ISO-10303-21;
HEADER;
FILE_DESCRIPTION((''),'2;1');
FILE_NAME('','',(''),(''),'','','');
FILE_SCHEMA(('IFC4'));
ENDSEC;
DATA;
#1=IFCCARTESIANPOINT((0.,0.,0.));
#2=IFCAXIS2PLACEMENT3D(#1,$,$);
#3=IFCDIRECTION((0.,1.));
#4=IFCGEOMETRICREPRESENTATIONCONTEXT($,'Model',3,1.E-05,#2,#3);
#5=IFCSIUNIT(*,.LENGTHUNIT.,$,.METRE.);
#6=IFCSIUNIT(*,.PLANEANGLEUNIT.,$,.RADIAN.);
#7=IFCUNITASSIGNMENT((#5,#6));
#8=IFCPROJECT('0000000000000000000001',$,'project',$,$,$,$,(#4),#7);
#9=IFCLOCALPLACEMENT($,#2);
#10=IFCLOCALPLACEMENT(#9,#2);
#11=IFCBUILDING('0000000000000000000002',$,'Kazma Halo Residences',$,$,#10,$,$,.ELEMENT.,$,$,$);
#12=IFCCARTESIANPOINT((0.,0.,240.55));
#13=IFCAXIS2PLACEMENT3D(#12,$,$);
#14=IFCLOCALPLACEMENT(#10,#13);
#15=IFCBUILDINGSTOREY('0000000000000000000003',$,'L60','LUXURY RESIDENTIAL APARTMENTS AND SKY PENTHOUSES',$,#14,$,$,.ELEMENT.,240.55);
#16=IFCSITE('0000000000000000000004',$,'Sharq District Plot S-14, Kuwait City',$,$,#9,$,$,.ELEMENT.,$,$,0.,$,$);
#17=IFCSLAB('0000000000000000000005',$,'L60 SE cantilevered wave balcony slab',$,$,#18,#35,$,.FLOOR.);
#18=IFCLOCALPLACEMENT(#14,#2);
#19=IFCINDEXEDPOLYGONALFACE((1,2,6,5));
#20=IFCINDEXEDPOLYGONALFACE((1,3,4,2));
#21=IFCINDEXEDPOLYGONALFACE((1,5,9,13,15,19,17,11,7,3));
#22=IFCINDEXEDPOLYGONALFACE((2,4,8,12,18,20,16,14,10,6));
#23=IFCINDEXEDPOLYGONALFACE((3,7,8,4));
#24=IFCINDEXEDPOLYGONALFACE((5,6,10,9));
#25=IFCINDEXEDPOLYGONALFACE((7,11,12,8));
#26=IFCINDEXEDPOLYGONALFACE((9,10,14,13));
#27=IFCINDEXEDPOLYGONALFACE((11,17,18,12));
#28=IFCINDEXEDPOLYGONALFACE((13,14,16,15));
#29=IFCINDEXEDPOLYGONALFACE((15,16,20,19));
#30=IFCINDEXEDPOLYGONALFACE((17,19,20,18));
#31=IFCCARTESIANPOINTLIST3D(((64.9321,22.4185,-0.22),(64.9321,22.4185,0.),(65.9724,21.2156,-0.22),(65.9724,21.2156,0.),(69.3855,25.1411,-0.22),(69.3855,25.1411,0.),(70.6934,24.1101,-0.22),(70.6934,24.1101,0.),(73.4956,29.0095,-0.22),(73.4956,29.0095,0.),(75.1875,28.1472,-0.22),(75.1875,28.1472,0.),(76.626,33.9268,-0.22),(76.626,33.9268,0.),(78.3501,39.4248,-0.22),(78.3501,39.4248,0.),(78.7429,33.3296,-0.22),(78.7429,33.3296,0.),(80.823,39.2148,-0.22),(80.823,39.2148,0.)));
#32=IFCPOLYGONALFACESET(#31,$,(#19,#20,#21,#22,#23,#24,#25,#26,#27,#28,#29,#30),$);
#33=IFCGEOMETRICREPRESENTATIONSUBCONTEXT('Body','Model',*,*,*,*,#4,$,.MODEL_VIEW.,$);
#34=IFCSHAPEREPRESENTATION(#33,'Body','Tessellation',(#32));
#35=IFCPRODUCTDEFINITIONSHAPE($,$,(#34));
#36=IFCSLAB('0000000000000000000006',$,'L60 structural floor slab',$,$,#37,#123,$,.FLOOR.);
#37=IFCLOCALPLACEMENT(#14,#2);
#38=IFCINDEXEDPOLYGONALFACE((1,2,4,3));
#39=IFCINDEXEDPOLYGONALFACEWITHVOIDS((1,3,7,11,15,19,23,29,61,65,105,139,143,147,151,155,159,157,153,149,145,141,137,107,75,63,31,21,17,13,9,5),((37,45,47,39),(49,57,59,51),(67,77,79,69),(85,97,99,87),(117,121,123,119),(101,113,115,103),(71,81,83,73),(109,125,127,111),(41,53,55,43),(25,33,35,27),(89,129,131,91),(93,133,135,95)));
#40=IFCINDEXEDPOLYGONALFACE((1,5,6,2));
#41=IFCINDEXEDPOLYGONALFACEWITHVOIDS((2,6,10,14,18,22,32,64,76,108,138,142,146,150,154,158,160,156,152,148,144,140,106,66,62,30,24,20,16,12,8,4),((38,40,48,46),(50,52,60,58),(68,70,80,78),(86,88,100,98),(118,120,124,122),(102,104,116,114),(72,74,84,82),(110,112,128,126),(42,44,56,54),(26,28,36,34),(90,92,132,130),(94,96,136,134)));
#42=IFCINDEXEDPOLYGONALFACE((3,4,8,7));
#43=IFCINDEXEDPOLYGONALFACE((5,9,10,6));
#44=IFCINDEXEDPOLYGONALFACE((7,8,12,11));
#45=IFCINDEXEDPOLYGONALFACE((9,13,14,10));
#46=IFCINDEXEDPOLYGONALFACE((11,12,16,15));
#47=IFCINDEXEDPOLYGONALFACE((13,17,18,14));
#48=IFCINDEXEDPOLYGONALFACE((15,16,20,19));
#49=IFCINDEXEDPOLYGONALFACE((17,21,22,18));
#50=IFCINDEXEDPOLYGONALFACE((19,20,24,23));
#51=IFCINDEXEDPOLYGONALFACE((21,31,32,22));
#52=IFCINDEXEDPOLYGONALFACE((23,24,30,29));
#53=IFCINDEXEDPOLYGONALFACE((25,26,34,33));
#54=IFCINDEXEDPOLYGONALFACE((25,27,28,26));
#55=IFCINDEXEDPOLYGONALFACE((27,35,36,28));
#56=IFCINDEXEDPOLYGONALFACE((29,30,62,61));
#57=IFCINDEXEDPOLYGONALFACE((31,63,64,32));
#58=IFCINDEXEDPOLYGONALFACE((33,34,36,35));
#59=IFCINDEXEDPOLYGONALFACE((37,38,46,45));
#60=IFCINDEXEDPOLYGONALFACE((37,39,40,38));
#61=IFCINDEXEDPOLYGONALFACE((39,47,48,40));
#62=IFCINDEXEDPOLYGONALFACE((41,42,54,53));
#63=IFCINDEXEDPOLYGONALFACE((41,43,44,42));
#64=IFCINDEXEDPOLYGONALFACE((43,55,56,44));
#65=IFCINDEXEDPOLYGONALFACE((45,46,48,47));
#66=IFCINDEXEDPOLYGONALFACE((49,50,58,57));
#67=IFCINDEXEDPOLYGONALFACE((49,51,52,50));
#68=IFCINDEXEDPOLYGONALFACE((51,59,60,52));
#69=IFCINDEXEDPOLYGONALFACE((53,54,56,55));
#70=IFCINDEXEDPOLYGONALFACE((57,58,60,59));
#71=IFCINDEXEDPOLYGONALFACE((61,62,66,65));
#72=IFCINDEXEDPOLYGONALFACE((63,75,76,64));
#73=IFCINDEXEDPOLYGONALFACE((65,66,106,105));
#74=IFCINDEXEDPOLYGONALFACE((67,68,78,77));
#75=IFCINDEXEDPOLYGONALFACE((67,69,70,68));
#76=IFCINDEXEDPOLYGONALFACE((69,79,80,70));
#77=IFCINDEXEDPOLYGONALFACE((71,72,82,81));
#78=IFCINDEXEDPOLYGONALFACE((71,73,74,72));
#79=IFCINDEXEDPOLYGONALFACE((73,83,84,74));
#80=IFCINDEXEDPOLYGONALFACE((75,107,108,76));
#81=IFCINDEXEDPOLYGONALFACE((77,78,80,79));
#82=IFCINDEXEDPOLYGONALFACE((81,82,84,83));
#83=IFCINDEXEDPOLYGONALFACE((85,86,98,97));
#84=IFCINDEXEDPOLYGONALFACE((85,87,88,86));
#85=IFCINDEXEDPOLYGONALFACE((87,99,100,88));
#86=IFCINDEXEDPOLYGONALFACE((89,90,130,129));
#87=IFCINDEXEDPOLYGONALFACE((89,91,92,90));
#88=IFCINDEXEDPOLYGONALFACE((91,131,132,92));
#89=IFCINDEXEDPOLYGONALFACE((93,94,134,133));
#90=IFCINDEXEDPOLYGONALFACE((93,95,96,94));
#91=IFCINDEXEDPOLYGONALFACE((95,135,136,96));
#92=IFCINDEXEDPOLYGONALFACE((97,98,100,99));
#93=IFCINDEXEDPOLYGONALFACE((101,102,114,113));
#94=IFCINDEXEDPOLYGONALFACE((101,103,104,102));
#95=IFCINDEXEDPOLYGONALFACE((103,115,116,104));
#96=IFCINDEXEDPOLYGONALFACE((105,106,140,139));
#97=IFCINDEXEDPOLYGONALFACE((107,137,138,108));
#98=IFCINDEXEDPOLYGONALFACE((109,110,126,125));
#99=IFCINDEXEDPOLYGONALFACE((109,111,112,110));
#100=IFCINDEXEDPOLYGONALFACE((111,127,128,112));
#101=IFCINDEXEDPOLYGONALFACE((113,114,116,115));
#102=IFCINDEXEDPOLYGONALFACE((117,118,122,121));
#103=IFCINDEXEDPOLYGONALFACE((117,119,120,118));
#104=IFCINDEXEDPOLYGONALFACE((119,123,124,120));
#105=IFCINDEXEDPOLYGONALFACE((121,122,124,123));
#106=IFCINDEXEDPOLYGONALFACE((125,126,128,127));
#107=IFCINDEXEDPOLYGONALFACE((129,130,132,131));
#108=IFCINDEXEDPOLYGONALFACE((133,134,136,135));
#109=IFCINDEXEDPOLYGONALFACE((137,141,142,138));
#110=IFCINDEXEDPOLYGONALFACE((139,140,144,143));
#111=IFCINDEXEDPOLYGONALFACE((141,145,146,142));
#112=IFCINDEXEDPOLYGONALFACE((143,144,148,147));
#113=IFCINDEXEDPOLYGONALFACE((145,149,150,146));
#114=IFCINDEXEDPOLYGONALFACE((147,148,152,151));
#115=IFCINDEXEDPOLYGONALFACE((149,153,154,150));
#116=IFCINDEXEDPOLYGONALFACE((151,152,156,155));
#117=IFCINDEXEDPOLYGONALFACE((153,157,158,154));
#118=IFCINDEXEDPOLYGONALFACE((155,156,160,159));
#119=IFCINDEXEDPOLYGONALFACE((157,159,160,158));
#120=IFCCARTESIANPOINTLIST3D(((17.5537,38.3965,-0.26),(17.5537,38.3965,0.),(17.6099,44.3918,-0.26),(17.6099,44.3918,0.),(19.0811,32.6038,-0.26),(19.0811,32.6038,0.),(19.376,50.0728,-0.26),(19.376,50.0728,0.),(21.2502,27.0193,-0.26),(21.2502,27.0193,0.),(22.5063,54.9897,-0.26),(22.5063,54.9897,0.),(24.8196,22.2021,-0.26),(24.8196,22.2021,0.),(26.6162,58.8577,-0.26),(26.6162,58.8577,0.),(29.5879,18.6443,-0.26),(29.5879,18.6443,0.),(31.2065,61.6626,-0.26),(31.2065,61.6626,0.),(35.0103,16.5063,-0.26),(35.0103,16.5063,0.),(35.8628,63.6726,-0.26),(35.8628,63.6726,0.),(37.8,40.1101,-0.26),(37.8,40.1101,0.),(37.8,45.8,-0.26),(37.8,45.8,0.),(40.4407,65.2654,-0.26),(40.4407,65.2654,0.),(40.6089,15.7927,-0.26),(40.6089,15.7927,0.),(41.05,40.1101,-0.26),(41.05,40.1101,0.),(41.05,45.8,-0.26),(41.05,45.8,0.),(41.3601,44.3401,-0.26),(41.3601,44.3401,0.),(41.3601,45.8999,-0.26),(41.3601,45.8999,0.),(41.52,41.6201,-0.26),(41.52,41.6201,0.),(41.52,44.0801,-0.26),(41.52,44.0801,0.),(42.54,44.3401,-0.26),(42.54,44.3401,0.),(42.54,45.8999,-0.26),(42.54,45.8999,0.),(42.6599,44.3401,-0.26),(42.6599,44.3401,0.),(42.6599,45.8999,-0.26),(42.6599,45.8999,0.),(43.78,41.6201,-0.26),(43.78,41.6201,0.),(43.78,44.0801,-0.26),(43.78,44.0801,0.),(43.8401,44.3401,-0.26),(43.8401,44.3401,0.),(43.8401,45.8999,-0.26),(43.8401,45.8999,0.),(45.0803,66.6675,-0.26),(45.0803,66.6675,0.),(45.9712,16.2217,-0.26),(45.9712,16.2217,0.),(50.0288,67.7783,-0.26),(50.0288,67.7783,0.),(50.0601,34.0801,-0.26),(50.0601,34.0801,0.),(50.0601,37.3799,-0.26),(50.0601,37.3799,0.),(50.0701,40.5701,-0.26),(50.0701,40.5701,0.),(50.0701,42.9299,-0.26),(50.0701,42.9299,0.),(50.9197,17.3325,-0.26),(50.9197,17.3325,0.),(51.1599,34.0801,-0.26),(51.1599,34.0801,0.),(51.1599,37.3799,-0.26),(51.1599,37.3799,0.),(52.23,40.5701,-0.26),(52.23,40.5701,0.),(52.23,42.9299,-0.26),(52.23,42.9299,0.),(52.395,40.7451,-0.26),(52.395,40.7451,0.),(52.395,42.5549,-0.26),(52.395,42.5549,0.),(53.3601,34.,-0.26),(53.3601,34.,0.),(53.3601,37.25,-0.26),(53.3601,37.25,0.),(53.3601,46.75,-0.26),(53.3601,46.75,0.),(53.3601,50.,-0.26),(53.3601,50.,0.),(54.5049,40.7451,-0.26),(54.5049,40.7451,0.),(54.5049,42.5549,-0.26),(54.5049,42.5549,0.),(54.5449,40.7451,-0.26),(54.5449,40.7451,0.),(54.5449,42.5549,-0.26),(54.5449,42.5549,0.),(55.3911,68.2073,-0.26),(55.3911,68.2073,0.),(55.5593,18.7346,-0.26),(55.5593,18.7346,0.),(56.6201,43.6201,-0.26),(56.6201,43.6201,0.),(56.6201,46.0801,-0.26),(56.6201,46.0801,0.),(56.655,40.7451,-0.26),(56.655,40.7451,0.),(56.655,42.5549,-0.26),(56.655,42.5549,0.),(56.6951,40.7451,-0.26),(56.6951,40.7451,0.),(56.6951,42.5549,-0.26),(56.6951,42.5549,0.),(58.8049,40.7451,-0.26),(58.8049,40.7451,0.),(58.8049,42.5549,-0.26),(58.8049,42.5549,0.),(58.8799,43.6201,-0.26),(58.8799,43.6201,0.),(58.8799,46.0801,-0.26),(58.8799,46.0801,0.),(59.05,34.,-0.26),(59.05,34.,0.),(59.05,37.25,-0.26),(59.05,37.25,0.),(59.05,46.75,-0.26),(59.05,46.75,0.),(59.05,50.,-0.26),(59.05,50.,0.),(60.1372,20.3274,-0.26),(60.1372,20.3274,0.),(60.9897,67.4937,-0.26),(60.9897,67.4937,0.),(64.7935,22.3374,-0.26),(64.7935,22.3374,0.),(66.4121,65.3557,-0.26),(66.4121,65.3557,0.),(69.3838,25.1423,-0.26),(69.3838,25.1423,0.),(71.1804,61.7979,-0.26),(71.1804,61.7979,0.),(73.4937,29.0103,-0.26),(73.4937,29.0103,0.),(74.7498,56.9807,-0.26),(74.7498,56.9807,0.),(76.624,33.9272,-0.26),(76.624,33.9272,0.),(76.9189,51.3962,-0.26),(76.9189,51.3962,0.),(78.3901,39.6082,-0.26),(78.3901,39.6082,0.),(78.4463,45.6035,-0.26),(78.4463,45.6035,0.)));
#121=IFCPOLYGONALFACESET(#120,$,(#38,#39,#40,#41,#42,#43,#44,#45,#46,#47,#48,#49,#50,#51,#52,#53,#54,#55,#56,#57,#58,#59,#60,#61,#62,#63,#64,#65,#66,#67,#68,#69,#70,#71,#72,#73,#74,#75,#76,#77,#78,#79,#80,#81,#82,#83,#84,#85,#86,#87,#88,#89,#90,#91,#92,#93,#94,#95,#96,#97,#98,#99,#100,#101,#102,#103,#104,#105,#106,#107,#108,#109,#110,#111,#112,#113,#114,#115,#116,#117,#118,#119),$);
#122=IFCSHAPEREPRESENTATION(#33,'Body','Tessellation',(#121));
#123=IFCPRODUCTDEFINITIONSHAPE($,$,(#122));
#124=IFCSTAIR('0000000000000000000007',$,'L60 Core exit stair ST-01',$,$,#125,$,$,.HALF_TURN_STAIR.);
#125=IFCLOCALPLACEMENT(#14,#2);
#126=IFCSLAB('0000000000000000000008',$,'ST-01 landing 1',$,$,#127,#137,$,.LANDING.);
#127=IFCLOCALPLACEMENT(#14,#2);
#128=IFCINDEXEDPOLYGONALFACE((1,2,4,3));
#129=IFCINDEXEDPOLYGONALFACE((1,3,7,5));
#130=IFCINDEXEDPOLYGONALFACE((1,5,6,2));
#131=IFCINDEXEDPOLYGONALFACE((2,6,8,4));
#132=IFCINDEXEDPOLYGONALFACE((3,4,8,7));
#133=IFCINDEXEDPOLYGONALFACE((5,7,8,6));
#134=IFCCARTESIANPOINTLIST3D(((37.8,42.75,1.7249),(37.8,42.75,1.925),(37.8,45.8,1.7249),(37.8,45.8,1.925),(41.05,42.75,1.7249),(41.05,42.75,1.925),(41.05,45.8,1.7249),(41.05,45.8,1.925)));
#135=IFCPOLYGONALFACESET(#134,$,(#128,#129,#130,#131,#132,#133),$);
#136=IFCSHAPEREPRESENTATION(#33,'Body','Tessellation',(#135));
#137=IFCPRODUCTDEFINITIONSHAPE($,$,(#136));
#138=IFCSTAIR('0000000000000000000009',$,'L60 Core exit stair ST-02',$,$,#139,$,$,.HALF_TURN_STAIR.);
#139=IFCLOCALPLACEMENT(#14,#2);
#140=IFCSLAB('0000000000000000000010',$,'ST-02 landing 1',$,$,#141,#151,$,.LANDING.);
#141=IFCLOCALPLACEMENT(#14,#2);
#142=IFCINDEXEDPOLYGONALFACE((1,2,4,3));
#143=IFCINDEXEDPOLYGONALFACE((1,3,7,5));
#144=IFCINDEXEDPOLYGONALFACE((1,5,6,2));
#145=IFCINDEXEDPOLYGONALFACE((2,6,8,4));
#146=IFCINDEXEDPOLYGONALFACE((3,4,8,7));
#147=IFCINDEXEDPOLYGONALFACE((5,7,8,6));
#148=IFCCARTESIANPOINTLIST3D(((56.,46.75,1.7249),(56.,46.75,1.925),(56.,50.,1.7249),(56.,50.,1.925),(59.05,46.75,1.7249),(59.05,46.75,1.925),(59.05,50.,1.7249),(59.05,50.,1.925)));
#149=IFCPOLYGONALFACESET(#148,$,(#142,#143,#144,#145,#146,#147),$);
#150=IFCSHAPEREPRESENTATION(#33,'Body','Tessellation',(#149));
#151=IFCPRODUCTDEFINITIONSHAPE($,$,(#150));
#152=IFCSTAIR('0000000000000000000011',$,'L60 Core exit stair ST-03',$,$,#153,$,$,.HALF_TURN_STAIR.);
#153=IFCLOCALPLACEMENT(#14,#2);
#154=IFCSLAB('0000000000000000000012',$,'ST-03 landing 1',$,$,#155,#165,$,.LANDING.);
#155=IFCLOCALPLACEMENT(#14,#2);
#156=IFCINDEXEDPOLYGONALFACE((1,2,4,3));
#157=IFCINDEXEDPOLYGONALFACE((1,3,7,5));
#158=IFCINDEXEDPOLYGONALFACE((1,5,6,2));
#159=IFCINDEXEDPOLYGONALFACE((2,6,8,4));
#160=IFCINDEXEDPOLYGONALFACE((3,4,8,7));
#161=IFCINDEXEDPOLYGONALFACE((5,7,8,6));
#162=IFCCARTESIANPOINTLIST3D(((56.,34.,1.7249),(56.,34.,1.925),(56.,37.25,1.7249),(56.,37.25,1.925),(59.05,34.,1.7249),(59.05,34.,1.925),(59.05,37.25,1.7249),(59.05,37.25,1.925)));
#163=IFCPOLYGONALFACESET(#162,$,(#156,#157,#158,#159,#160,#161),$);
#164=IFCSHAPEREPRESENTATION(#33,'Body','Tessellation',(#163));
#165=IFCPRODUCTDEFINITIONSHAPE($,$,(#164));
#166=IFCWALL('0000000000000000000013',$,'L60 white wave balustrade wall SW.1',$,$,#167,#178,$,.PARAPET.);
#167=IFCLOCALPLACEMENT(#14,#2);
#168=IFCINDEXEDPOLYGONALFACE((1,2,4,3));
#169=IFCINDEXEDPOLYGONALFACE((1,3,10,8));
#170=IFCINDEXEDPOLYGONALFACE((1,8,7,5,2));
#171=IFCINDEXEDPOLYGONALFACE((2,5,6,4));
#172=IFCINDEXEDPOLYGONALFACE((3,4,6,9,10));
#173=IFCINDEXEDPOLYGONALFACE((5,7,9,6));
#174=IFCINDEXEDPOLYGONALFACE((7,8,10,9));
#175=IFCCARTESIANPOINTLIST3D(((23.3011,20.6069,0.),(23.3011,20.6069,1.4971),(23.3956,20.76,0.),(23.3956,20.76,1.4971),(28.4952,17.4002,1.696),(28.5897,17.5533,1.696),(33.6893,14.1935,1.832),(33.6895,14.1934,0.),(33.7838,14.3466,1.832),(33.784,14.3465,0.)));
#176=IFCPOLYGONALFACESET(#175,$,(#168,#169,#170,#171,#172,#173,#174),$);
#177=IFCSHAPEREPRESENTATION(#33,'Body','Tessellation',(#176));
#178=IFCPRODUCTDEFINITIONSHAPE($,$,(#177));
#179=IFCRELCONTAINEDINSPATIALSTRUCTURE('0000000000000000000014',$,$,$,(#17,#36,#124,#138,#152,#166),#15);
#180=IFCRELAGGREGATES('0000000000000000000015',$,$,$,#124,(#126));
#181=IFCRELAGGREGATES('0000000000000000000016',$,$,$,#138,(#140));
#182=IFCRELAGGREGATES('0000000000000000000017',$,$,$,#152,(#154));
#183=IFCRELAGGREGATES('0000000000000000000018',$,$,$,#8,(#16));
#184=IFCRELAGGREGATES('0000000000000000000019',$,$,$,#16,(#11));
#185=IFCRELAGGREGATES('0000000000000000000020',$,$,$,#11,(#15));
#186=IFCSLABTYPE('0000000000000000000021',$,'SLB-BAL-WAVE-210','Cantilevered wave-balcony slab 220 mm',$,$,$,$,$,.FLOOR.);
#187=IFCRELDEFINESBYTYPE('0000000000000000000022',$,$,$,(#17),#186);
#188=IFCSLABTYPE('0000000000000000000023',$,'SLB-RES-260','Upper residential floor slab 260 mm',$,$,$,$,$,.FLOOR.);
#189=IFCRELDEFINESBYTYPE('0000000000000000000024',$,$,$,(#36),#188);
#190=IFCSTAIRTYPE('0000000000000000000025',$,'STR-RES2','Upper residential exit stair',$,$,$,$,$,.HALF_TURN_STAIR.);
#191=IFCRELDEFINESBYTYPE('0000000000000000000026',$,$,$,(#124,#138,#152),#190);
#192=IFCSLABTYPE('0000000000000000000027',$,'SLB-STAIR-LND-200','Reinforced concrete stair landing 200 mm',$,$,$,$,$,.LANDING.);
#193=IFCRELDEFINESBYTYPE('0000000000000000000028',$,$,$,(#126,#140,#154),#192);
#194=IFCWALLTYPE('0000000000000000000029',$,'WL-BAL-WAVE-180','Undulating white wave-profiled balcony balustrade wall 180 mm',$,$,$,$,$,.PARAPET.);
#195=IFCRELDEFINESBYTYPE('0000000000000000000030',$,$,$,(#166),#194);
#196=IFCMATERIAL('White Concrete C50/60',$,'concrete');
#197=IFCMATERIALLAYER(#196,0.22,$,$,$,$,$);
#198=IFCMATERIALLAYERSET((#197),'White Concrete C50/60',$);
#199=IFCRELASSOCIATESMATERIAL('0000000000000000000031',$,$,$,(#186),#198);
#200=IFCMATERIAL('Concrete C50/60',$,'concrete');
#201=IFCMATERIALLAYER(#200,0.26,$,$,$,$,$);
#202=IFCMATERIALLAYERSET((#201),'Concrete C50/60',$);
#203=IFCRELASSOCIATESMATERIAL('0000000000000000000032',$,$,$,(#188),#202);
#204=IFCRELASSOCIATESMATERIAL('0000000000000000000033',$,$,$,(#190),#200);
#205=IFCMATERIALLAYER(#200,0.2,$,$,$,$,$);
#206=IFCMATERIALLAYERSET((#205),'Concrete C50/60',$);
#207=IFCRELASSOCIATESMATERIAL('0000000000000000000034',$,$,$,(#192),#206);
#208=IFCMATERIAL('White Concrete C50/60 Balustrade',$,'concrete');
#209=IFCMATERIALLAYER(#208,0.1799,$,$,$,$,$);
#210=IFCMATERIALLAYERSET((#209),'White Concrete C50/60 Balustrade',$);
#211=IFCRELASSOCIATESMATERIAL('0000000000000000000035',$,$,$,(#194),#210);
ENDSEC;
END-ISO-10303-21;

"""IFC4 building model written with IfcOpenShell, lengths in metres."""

from ifc_helpers import new_model, si_unit, direction, frame, origin, place, context, subcontext, project, spatial, polyline, outline, extrude, material, layer, layer_set, type_object, element, aggregate, save


model = new_model("IFC4")

# Units and contexts
model_context = context("Model", 3, precision=1e-05, world=origin(), true_north=direction((0.0, 1.0)))
body_context = subcontext(model_context, "Body", "Model", "MODEL_VIEW")
ifc_project = project(units=[si_unit("LENGTHUNIT", "METRE"), si_unit("PLANEANGLEUNIT", "RADIAN")], contexts=[model_context])

# Site, building, storey
site_placement = place(None, origin())
site = spatial("IfcSite", under=ifc_project, at=site_placement, Name="Sharq District Plot S-14, Kuwait City", CompositionType="ELEMENT", RefElevation=0.0)
building_placement = place(site_placement, origin())
building = spatial("IfcBuilding", under=site, at=building_placement, Name="Kazma Halo Residences", CompositionType="ELEMENT")
storey_placement = place(building_placement, frame((0.0, 0.0, 240.55)))
storey = spatial("IfcBuildingStorey", under=building, at=storey_placement, Name="L60", Description="LUXURY RESIDENTIAL APARTMENTS AND SKY PENTHOUSES", CompositionType="ELEMENT", Elevation=240.55)

# Slabs
ifc_material_1 = material(Name="White Concrete C50/60", Category="concrete")
ifc_layer_1 = layer(ifc_material_1, 0.22)
ifc_layer_set_1 = layer_set([ifc_layer_1], Name="White Concrete C50/60")
slab_type_1 = type_object("IfcSlabType", Name="SLB-BAL-WAVE-210", Description="Cantilevered wave-balcony slab 220 mm", PredefinedType="FLOOR", material=ifc_layer_set_1)
slab_1_placement = place(storey_placement, frame((0.0, 0.0, -0.22)))
element("IfcSlab", 1, at=slab_1_placement, inside=storey, type_object=slab_type_1, Name="L60 SE cantilevered wave balcony slab", PredefinedType="FLOOR", context=body_context, shape_type="SweptSolid", body=[
    extrude(outline(polyline([(64.9321, 22.4185), (69.3855, 25.1411), (73.4956, 29.0095), (76.626, 33.9268), (78.3501, 39.4248), (80.823, 39.2148), (78.7429, 33.3296), (75.1875, 28.1472), (70.6934, 24.1101), (65.9724, 21.2156), (64.9321, 22.4185)])), origin(), (0.0, 0.0, 1.0), 0.22),
])
ifc_material_2 = material(Name="Concrete C50/60", Category="concrete")
ifc_layer_2 = layer(ifc_material_2, 0.26)
ifc_layer_set_2 = layer_set([ifc_layer_2], Name="Concrete C50/60")
slab_type_2 = type_object("IfcSlabType", Name="SLB-RES-260", Description="Upper residential floor slab 260 mm", PredefinedType="FLOOR", material=ifc_layer_set_2)
slab_2_placement = place(storey_placement, frame((0.0, 0.0, -0.26)))
element("IfcSlab", 2, at=slab_2_placement, inside=storey, type_object=slab_type_2, Name="L60 structural floor slab", PredefinedType="FLOOR", context=body_context, shape_type="SweptSolid", body=[
    extrude(outline(polyline([(76.9189, 51.3962), (74.7498, 56.9807), (71.1804, 61.7979), (66.4121, 65.3557), (60.9897, 67.4937), (55.3911, 68.2073), (50.0288, 67.7783), (45.0803, 66.6675), (40.4407, 65.2654), (35.8628, 63.6726), (31.2065, 61.6626), (26.6162, 58.8577), (22.5063, 54.9897), (19.376, 50.0728), (17.6099, 44.3918), (17.5537, 38.3965), (19.0811, 32.6038), (21.2502, 27.0193), (24.8196, 22.2021), (29.5879, 18.6443), (35.0103, 16.5063), (40.6089, 15.7927), (45.9712, 16.2217), (50.9197, 17.3325), (55.5593, 18.7346), (60.1372, 20.3274), (64.7935, 22.3374), (69.3838, 25.1423), (73.4937, 29.0103), (76.624, 33.9272), (78.3901, 39.6082), (78.4463, 45.6035), (76.9189, 51.3962)]), holes=[polyline([(37.8, 40.1101), (41.05, 40.1101), (41.05, 45.8), (37.8, 45.8), (37.8, 40.1101)]), polyline([(53.3601, 46.75), (59.05, 46.75), (59.05, 50.0), (53.3601, 50.0), (53.3601, 46.75)]), polyline([(53.3601, 34.0), (59.05, 34.0), (59.05, 37.25), (53.3601, 37.25), (53.3601, 34.0)]), polyline([(41.52, 41.6201), (43.78, 41.6201), (43.78, 44.0801), (41.52, 44.0801), (41.52, 41.6201)]), polyline([(56.6201, 43.6201), (58.8799, 43.6201), (58.8799, 46.0801), (56.6201, 46.0801), (56.6201, 43.6201)]), polyline([(52.395, 40.7451), (54.5049, 40.7451), (54.5049, 42.5549), (52.395, 42.5549), (52.395, 40.7451)]), polyline([(54.5449, 40.7451), (56.655, 40.7451), (56.655, 42.5549), (54.5449, 42.5549), (54.5449, 40.7451)]), polyline([(56.6951, 40.7451), (58.8049, 40.7451), (58.8049, 42.5549), (56.6951, 42.5549), (56.6951, 40.7451)]), polyline([(50.0701, 40.5701), (52.23, 40.5701), (52.23, 42.9299), (50.0701, 42.9299), (50.0701, 40.5701)]), polyline([(41.3601, 44.3401), (42.54, 44.3401), (42.54, 45.8999), (41.3601, 45.8999), (41.3601, 44.3401)]), polyline([(42.6599, 44.3401), (43.8401, 44.3401), (43.8401, 45.8999), (42.6599, 45.8999), (42.6599, 44.3401)]), polyline([(50.0601, 34.0801), (51.1599, 34.0801), (51.1599, 37.3799), (50.0601, 37.3799), (50.0601, 34.0801)])]), origin(), (0.0, 0.0, 1.0), 0.26),
])

# Stairs, slabs
stair_type = type_object("IfcStairType", Name="STR-RES2", Description="Upper residential exit stair", PredefinedType="HALF_TURN_STAIR", material=ifc_material_2)
stair_1_placement = place(storey_placement, origin())
stair_1 = element("IfcStair", 3, at=stair_1_placement, inside=storey, type_object=stair_type, Name="L60 Core exit stair ST-01", PredefinedType="HALF_TURN_STAIR")
ifc_layer_3 = layer(ifc_material_2, 0.2)
ifc_layer_set_3 = layer_set([ifc_layer_3], Name="Concrete C50/60")
slab_type_3 = type_object("IfcSlabType", Name="SLB-STAIR-LND-200", Description="Reinforced concrete stair landing 200 mm", PredefinedType="LANDING", material=ifc_layer_set_3)
slab_3_placement = place(storey_placement, frame((0.0, 0.0, 1.7249)))
slab_3 = element("IfcSlab", 4, at=slab_3_placement, type_object=slab_type_3, Name="ST-01 landing 1", PredefinedType="LANDING", context=body_context, shape_type="SweptSolid", body=[
    extrude(outline(polyline([(41.05, 42.75), (41.05, 45.8), (37.8, 45.8), (37.8, 42.75), (41.05, 42.75)])), origin(), (0.0, 0.0, 1.0), 0.2002),
])
aggregate(stair_1, [slab_3])
stair_2_placement = place(storey_placement, origin())
stair_2 = element("IfcStair", 5, at=stair_2_placement, inside=storey, type_object=stair_type, Name="L60 Core exit stair ST-02", PredefinedType="HALF_TURN_STAIR")
slab_4_placement = place(storey_placement, frame((0.0, 0.0, 1.7249)))
slab_4 = element("IfcSlab", 6, at=slab_4_placement, type_object=slab_type_3, Name="ST-02 landing 1", PredefinedType="LANDING", context=body_context, shape_type="SweptSolid", body=[
    extrude(outline(polyline([(56.0, 46.75), (59.05, 46.75), (59.05, 50.0), (56.0, 50.0), (56.0, 46.75)])), origin(), (0.0, 0.0, 1.0), 0.2002),
])
aggregate(stair_2, [slab_4])
stair_3_placement = place(storey_placement, origin())
stair_3 = element("IfcStair", 7, at=stair_3_placement, inside=storey, type_object=stair_type, Name="L60 Core exit stair ST-03", PredefinedType="HALF_TURN_STAIR")
slab_5_placement = place(storey_placement, frame((0.0, 0.0, 1.7249)))
slab_5 = element("IfcSlab", 8, at=slab_5_placement, type_object=slab_type_3, Name="ST-03 landing 1", PredefinedType="LANDING", context=body_context, shape_type="SweptSolid", body=[
    extrude(outline(polyline([(56.0, 34.0), (59.05, 34.0), (59.05, 37.25), (56.0, 37.25), (56.0, 34.0)])), origin(), (0.0, 0.0, 1.0), 0.2002),
])
aggregate(stair_3, [slab_5])

# Wall
ifc_material_3 = material(Name="White Concrete C50/60 Balustrade", Category="concrete")
ifc_layer_4 = layer(ifc_material_3, 0.1799)
ifc_layer_set_4 = layer_set([ifc_layer_4], Name="White Concrete C50/60 Balustrade")
wall_type_1 = type_object("IfcWallType", Name="WL-BAL-WAVE-180", Description="Undulating white wave-profiled balcony balustrade wall 180 mm", PredefinedType="PARAPET", material=ifc_layer_set_4)
wall_1_placement = place(storey_placement, frame((23.3484, 20.6836, 0.0), z_axis=(0.0, 0.0, 1.0), x_axis=(0.850901, -0.525326, 0.0)))
element("IfcWall", 9, at=wall_1_placement, inside=storey, type_object=wall_type_1, Name="L60 white wave balustrade wall SW.1", PredefinedType="PARAPET", context=body_context, shape_type="SweptSolid", body=[
    extrude(outline(polyline([(0.0, 0.0), (12.2087, 0.0), (12.2085, 1.832), (6.1042, 1.696), (0.0, 1.4971), (0.0, 0.0)])), frame((0.0, 0.0898, 0.0), z_axis=(0.0, -1.0, 0.0), x_axis=(1.0, 0.0, 0.0)), (0.0, 0.0, 1.0), 0.1799),
])

save(model, "model.ifc")
